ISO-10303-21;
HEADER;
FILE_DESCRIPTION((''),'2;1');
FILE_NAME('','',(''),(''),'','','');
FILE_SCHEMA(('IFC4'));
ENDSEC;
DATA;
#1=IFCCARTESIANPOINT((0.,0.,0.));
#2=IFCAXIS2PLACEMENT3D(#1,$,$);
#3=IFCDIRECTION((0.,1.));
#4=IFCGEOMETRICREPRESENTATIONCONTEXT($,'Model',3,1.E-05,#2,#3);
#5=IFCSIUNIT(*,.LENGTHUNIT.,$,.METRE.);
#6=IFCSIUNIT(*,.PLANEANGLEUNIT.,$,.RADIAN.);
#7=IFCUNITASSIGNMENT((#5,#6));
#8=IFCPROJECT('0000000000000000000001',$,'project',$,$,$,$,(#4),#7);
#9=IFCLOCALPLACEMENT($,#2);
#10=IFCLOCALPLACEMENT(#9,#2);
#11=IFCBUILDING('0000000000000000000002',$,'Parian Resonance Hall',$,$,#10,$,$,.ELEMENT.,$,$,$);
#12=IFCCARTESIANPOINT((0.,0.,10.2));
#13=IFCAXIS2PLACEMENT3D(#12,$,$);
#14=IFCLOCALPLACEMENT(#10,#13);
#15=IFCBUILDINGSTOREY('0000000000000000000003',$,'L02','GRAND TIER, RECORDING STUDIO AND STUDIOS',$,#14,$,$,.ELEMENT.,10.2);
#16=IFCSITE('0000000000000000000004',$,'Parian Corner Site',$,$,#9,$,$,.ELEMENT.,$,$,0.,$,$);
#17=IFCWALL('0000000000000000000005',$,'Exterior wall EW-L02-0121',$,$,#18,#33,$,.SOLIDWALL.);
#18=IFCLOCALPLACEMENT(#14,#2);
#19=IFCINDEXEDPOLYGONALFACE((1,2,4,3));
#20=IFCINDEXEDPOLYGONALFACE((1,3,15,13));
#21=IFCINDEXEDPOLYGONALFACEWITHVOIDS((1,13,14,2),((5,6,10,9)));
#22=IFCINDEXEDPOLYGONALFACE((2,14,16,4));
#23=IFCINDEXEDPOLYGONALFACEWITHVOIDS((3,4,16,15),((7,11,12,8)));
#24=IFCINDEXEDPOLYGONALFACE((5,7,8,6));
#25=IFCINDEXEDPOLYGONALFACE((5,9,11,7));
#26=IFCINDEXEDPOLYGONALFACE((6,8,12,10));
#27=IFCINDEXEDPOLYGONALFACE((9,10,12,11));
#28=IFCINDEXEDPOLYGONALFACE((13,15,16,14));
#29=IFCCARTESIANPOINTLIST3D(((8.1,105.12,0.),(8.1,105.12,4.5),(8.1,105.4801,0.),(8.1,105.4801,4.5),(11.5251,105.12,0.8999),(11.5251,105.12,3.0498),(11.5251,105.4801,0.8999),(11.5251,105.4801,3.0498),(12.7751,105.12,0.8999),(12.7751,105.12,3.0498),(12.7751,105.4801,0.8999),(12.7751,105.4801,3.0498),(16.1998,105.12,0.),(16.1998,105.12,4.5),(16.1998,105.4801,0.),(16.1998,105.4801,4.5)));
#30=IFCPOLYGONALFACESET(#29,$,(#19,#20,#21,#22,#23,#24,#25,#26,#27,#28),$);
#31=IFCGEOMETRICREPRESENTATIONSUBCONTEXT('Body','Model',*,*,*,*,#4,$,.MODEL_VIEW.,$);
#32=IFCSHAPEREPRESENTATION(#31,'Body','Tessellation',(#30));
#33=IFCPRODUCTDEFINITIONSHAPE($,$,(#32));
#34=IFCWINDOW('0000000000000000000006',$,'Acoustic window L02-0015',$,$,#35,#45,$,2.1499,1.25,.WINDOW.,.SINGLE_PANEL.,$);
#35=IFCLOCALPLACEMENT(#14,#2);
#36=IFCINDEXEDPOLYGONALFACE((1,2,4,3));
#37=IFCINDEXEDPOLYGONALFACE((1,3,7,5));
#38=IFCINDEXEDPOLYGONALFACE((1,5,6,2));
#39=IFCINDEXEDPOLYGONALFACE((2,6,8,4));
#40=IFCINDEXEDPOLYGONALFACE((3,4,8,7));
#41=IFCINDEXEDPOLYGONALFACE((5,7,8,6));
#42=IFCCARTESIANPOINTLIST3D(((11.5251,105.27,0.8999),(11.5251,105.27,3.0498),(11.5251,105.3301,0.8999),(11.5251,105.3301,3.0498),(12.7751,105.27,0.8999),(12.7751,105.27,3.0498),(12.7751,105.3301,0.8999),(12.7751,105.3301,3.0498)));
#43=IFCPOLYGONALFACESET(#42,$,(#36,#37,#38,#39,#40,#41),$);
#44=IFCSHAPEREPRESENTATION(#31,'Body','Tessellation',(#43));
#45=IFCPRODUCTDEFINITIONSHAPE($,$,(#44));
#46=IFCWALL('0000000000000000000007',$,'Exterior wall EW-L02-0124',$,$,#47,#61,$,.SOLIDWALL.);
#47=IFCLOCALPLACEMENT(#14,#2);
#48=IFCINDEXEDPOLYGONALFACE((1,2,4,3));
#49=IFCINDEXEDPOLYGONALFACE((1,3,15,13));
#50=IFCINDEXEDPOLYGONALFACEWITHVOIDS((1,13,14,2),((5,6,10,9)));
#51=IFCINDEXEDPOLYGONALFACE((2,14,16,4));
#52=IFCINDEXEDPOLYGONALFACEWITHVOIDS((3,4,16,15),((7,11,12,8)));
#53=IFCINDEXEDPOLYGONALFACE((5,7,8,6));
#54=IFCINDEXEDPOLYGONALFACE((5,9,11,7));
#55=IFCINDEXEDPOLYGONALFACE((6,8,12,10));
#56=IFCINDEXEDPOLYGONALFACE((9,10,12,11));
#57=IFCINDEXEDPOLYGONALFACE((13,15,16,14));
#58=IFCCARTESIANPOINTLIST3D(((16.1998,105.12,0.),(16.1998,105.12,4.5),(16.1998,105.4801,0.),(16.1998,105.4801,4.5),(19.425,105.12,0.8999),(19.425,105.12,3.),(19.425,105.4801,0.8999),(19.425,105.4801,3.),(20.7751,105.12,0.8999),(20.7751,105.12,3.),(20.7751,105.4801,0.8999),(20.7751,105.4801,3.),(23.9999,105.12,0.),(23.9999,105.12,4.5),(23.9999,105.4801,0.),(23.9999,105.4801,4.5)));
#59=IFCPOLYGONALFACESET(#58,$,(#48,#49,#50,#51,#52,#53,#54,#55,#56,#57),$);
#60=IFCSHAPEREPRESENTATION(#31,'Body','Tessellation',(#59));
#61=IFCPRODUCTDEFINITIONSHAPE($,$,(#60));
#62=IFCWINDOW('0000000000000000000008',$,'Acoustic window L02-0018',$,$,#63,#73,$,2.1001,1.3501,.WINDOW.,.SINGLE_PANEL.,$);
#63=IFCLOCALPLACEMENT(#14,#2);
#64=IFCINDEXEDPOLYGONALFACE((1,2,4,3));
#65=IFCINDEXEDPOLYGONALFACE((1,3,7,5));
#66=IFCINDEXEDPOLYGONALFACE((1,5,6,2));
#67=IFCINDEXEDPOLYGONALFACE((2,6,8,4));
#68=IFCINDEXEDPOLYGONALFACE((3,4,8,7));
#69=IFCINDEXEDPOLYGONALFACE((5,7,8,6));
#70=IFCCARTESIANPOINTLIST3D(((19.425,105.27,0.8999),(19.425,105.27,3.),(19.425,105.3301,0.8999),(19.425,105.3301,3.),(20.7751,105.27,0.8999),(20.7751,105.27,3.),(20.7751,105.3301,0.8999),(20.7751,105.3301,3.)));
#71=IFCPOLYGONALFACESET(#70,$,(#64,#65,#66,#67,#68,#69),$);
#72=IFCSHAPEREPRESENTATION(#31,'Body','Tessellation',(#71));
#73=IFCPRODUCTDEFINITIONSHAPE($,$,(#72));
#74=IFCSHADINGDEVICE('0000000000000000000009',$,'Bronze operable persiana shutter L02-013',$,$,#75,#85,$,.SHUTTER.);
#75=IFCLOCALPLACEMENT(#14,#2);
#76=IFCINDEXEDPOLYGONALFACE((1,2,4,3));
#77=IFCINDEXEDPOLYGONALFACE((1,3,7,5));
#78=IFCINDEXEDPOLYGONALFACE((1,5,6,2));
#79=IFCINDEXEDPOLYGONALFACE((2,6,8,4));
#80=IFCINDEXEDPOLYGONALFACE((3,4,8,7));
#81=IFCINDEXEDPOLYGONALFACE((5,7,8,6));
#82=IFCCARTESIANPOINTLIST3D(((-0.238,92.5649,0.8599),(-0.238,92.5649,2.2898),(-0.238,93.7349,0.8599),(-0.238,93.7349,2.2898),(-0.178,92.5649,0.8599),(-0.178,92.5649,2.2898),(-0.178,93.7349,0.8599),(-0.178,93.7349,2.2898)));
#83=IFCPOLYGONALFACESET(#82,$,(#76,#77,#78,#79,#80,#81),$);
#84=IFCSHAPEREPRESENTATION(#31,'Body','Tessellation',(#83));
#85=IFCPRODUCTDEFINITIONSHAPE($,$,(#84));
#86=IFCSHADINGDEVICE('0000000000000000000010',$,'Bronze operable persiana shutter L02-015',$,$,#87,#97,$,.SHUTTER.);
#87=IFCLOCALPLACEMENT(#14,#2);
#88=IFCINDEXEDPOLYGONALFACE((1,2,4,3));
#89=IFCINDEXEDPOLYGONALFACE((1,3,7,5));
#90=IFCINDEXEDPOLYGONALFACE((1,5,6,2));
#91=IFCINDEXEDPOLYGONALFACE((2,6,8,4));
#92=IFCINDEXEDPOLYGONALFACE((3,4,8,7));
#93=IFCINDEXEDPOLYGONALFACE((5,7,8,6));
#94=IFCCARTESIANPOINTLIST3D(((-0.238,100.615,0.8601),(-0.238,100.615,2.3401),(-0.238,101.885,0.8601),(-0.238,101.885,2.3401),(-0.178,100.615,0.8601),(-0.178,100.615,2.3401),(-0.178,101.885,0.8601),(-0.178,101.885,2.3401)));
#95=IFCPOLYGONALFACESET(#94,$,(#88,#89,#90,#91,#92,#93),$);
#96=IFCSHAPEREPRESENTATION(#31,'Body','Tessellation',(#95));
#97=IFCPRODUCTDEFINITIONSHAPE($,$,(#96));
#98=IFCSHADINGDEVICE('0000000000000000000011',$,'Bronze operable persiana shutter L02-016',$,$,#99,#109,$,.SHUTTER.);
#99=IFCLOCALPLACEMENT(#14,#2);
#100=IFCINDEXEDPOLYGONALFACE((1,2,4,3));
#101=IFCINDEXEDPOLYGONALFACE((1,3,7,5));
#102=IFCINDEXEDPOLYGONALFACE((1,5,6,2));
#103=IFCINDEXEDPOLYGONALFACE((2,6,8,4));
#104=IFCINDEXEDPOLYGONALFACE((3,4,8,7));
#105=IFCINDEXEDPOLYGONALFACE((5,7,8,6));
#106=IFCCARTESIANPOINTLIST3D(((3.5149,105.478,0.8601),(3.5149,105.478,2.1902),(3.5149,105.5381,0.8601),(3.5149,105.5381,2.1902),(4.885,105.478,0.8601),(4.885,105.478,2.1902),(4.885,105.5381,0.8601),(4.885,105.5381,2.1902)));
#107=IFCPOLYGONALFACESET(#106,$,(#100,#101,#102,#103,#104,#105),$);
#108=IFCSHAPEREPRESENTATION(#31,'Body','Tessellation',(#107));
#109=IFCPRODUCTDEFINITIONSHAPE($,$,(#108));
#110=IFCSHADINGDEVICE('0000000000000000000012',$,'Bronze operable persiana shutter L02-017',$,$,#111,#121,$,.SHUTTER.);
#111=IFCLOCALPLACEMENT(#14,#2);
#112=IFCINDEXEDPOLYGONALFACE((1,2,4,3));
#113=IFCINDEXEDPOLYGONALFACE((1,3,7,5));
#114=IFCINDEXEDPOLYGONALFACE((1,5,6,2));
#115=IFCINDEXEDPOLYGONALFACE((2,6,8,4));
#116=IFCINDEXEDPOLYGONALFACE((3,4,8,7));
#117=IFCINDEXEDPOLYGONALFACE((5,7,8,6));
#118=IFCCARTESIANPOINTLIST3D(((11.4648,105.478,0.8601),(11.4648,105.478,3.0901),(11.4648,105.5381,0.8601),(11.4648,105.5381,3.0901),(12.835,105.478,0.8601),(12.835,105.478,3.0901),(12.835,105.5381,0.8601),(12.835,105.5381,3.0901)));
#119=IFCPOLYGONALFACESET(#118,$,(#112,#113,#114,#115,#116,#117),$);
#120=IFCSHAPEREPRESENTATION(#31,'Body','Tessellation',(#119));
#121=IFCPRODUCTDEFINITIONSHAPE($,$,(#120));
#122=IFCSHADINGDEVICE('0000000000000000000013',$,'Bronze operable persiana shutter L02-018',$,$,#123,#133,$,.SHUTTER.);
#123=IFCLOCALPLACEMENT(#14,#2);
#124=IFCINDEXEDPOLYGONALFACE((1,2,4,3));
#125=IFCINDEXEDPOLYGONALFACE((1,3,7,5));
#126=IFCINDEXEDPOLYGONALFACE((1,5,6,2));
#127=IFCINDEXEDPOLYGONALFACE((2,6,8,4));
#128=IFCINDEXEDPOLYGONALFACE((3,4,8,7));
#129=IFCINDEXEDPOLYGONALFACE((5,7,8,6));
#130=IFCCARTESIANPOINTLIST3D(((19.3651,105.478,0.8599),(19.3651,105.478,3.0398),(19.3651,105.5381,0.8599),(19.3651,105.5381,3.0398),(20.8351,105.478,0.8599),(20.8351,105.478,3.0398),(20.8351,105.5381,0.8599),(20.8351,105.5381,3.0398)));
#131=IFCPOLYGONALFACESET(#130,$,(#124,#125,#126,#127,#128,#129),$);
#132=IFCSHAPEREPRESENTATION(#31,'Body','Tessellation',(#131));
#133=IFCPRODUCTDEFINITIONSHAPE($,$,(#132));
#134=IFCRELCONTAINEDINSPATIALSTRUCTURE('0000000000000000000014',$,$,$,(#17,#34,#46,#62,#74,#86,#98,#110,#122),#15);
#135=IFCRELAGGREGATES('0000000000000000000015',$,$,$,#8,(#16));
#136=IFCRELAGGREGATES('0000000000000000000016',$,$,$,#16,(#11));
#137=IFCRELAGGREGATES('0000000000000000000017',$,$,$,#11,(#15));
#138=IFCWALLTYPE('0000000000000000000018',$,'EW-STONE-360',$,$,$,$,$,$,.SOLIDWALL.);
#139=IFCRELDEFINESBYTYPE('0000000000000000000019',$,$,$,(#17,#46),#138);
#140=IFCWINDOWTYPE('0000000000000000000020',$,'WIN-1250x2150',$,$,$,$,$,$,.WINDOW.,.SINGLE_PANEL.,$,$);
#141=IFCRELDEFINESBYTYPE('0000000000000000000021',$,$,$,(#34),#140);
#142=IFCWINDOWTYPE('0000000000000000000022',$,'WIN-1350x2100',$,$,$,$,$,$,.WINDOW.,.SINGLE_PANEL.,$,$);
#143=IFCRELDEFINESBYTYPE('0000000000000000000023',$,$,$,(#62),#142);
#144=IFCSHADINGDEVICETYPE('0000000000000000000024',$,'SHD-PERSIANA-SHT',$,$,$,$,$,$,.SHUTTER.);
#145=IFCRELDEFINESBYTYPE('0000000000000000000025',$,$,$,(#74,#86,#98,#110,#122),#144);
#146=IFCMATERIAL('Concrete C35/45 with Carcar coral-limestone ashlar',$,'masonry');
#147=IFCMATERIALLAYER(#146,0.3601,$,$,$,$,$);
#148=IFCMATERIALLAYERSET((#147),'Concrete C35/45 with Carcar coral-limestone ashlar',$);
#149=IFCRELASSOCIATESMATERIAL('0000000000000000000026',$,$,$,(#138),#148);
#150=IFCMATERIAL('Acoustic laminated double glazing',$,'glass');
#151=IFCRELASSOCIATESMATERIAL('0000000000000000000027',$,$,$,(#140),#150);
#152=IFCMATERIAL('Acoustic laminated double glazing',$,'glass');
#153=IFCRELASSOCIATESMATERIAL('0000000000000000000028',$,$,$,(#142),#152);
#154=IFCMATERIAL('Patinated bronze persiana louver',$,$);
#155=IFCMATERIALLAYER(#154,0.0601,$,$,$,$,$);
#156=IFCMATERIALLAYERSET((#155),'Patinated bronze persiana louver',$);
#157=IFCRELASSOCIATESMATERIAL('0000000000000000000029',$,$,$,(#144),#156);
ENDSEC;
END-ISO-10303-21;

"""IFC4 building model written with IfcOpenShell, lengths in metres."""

from ifc_helpers import new_model, si_unit, direction, frame, frame_2d, origin, origin_2d, place, context, subcontext, project, spatial, rectangle, extrude, material, layer, layer_set, type_object, element, fill, save


model = new_model("IFC4")

# Units and contexts
model_context = context("Model", 3, precision=1e-05, world=origin(), true_north=direction((0.0, 1.0)))
body_context = subcontext(model_context, "Body", "Model", "MODEL_VIEW")
ifc_project = project(units=[si_unit("LENGTHUNIT", "METRE"), si_unit("PLANEANGLEUNIT", "RADIAN")], contexts=[model_context])

# Site, building, storey
site_placement = place(None, origin())
site = spatial("IfcSite", under=ifc_project, at=site_placement, Name="Parian Corner Site", CompositionType="ELEMENT", RefElevation=0.0)
building_placement = place(site_placement, origin())
building = spatial("IfcBuilding", under=site, at=building_placement, Name="Parian Resonance Hall", CompositionType="ELEMENT")
storey_placement = place(building_placement, frame((0.0, 0.0, 10.2)))
storey = spatial("IfcBuildingStorey", under=building, at=storey_placement, Name="L02", Description="GRAND TIER, RECORDING STUDIO AND STUDIOS", CompositionType="ELEMENT", Elevation=10.2)

# Walls, openings, windows
ifc_material_1 = material(Name="Concrete C35/45 with Carcar coral-limestone ashlar", Category="masonry")
ifc_layer_1 = layer(ifc_material_1, 0.3601)
ifc_layer_set_1 = layer_set([ifc_layer_1], Name="Concrete C35/45 with Carcar coral-limestone ashlar")
wall_type_1 = type_object("IfcWallType", Name="EW-STONE-360", PredefinedType="SOLIDWALL", material=ifc_layer_set_1)
wall_1_placement = place(storey_placement, frame((8.1001, 105.3, 0.0), z_axis=(0.0, 0.0, 1.0), x_axis=(1.0, 0.0, 0.0)))
wall_1 = element("IfcWall", 1, at=wall_1_placement, inside=storey, type_object=wall_type_1, Name="Exterior wall EW-L02-0121", PredefinedType="SOLIDWALL", context=body_context, shape_type="SweptSolid", body=[
    extrude(rectangle(XDim=8.0999, YDim=0.3601, at=frame_2d((4.0498, 0.0))), origin(), (0.0, 0.0, 1.0), 4.5),
])
opening_1_placement = place(wall_1_placement, frame((3.425, 0.0, 0.8999)))
opening_1 = element("IfcOpeningElement", 2, at=opening_1_placement, cuts=wall_1, PredefinedType="OPENING", context=body_context, shape_type="SweptSolid", body=[
    extrude(rectangle(XDim=1.25, YDim=2.1499, at=frame_2d((0.625, 1.075))), frame((0.0, 0.1899, 0.0), z_axis=(0.0, -1.0, 0.0), x_axis=(1.0, 0.0, 0.0)), (0.0, 0.0, 1.0), 0.3801),
])
ifc_material_2 = material(Name="Acoustic laminated double glazing", Category="glass")
window_type_1 = type_object("IfcWindowType", Name="WIN-1250x2150", PartitioningType="SINGLE_PANEL", PredefinedType="WINDOW", material=ifc_material_2)
window_1_placement = place(opening_1_placement, origin())
window_1 = element("IfcWindow", 3, at=window_1_placement, inside=storey, type_object=window_type_1, Name="Acoustic window L02-0015", OverallHeight=2.1499, OverallWidth=1.25, PartitioningType="SINGLE_PANEL", PredefinedType="WINDOW", context=body_context, shape_type="SweptSolid", body=[
    extrude(rectangle(XDim=1.25, YDim=2.1499, at=frame_2d((0.625, 1.075))), frame((0.0, 0.03, 0.0), z_axis=(0.0, -1.0, 0.0), x_axis=(1.0, 0.0, 0.0)), (0.0, 0.0, 1.0), 0.0601),
])
fill(opening_1, window_1)
wall_2_placement = place(storey_placement, frame((16.2, 105.3, 0.0), z_axis=(0.0, 0.0, 1.0), x_axis=(1.0, 0.0, 0.0)))
wall_2 = element("IfcWall", 4, at=wall_2_placement, inside=storey, type_object=wall_type_1, Name="Exterior wall EW-L02-0124", PredefinedType="SOLIDWALL", context=body_context, shape_type="SweptSolid", body=[
    extrude(rectangle(XDim=7.8, YDim=0.3601, at=frame_2d((3.8999, 0.0))), origin(), (0.0, 0.0, 1.0), 4.5),
])
opening_2_placement = place(wall_2_placement, frame((3.2251, 0.0, 0.8999)))
opening_2 = element("IfcOpeningElement", 5, at=opening_2_placement, cuts=wall_2, PredefinedType="OPENING", context=body_context, shape_type="SweptSolid", body=[
    extrude(rectangle(XDim=1.3501, YDim=2.1001, at=frame_2d((0.675, 1.05))), frame((0.0, 0.1899, 0.0), z_axis=(0.0, -1.0, 0.0), x_axis=(1.0, 0.0, 0.0)), (0.0, 0.0, 1.0), 0.3801),
])
ifc_material_3 = material(Name="Acoustic laminated double glazing", Category="glass")
window_type_2 = type_object("IfcWindowType", Name="WIN-1350x2100", PartitioningType="SINGLE_PANEL", PredefinedType="WINDOW", material=ifc_material_3)
window_2_placement = place(opening_2_placement, origin())
window_2 = element("IfcWindow", 6, at=window_2_placement, inside=storey, type_object=window_type_2, Name="Acoustic window L02-0018", OverallHeight=2.1001, OverallWidth=1.3501, PartitioningType="SINGLE_PANEL", PredefinedType="WINDOW", context=body_context, shape_type="SweptSolid", body=[
    extrude(rectangle(XDim=1.3501, YDim=2.1001, at=frame_2d((0.675, 1.05))), frame((0.0, 0.03, 0.0), z_axis=(0.0, -1.0, 0.0), x_axis=(1.0, 0.0, 0.0)), (0.0, 0.0, 1.0), 0.0601),
])
fill(opening_2, window_2)

# Shading devices
ifc_material_4 = material(Name="Patinated bronze persiana louver")
ifc_layer_2 = layer(ifc_material_4, 0.0601)
ifc_layer_set_2 = layer_set([ifc_layer_2], Name="Patinated bronze persiana louver")
shading_device_type = type_object("IfcShadingDeviceType", Name="SHD-PERSIANA-SHT", PredefinedType="SHUTTER", material=ifc_layer_set_2)
shading_device_1_placement = place(storey_placement, frame((-0.208, 93.1499, 0.8599), z_axis=(0.0, 0.0, 1.0), x_axis=(0.0, 1.0, 0.0)))
element("IfcShadingDevice", 7, at=shading_device_1_placement, inside=storey, type_object=shading_device_type, Name="Bronze operable persiana shutter L02-013", PredefinedType="SHUTTER", context=body_context, shape_type="SweptSolid", body=[
    extrude(rectangle(XDim=1.1699, YDim=0.0601, at=origin_2d()), origin(), (0.0, 0.0, 1.0), 1.4299),
])
shading_device_2_placement = place(storey_placement, frame((-0.208, 101.25, 0.8601), z_axis=(0.0, 0.0, 1.0), x_axis=(0.0, 1.0, 0.0)))
element("IfcShadingDevice", 8, at=shading_device_2_placement, inside=storey, type_object=shading_device_type, Name="Bronze operable persiana shutter L02-015", PredefinedType="SHUTTER", context=body_context, shape_type="SweptSolid", body=[
    extrude(rectangle(XDim=1.27, YDim=0.0601, at=origin_2d()), origin(), (0.0, 0.0, 1.0), 1.48),
])
shading_device_3_placement = place(storey_placement, frame((4.2, 105.5081, 0.8601), z_axis=(0.0, 0.0, 1.0), x_axis=(1.0, 0.0, 0.0)))
element("IfcShadingDevice", 9, at=shading_device_3_placement, inside=storey, type_object=shading_device_type, Name="Bronze operable persiana shutter L02-016", PredefinedType="SHUTTER", context=body_context, shape_type="SweptSolid", body=[
    extrude(rectangle(XDim=1.3701, YDim=0.0601, at=origin_2d()), origin(), (0.0, 0.0, 1.0), 1.3301),
])
shading_device_4_placement = place(storey_placement, frame((12.1499, 105.5081, 0.8601), z_axis=(0.0, 0.0, 1.0), x_axis=(1.0, 0.0, 0.0)))
element("IfcShadingDevice", 10, at=shading_device_4_placement, inside=storey, type_object=shading_device_type, Name="Bronze operable persiana shutter L02-017", PredefinedType="SHUTTER", context=body_context, shape_type="SweptSolid", body=[
    extrude(rectangle(XDim=1.3701, YDim=0.0601, at=origin_2d()), origin(), (0.0, 0.0, 1.0), 2.23),
])
shading_device_5_placement = place(storey_placement, frame((20.1001, 105.5081, 0.8599), z_axis=(0.0, 0.0, 1.0), x_axis=(1.0, 0.0, 0.0)))
element("IfcShadingDevice", 11, at=shading_device_5_placement, inside=storey, type_object=shading_device_type, Name="Bronze operable persiana shutter L02-018", PredefinedType="SHUTTER", context=body_context, shape_type="SweptSolid", body=[
    extrude(rectangle(XDim=1.47, YDim=0.0601, at=origin_2d()), origin(), (0.0, 0.0, 1.0), 2.1799),
])

save(model, "model.ifc")
